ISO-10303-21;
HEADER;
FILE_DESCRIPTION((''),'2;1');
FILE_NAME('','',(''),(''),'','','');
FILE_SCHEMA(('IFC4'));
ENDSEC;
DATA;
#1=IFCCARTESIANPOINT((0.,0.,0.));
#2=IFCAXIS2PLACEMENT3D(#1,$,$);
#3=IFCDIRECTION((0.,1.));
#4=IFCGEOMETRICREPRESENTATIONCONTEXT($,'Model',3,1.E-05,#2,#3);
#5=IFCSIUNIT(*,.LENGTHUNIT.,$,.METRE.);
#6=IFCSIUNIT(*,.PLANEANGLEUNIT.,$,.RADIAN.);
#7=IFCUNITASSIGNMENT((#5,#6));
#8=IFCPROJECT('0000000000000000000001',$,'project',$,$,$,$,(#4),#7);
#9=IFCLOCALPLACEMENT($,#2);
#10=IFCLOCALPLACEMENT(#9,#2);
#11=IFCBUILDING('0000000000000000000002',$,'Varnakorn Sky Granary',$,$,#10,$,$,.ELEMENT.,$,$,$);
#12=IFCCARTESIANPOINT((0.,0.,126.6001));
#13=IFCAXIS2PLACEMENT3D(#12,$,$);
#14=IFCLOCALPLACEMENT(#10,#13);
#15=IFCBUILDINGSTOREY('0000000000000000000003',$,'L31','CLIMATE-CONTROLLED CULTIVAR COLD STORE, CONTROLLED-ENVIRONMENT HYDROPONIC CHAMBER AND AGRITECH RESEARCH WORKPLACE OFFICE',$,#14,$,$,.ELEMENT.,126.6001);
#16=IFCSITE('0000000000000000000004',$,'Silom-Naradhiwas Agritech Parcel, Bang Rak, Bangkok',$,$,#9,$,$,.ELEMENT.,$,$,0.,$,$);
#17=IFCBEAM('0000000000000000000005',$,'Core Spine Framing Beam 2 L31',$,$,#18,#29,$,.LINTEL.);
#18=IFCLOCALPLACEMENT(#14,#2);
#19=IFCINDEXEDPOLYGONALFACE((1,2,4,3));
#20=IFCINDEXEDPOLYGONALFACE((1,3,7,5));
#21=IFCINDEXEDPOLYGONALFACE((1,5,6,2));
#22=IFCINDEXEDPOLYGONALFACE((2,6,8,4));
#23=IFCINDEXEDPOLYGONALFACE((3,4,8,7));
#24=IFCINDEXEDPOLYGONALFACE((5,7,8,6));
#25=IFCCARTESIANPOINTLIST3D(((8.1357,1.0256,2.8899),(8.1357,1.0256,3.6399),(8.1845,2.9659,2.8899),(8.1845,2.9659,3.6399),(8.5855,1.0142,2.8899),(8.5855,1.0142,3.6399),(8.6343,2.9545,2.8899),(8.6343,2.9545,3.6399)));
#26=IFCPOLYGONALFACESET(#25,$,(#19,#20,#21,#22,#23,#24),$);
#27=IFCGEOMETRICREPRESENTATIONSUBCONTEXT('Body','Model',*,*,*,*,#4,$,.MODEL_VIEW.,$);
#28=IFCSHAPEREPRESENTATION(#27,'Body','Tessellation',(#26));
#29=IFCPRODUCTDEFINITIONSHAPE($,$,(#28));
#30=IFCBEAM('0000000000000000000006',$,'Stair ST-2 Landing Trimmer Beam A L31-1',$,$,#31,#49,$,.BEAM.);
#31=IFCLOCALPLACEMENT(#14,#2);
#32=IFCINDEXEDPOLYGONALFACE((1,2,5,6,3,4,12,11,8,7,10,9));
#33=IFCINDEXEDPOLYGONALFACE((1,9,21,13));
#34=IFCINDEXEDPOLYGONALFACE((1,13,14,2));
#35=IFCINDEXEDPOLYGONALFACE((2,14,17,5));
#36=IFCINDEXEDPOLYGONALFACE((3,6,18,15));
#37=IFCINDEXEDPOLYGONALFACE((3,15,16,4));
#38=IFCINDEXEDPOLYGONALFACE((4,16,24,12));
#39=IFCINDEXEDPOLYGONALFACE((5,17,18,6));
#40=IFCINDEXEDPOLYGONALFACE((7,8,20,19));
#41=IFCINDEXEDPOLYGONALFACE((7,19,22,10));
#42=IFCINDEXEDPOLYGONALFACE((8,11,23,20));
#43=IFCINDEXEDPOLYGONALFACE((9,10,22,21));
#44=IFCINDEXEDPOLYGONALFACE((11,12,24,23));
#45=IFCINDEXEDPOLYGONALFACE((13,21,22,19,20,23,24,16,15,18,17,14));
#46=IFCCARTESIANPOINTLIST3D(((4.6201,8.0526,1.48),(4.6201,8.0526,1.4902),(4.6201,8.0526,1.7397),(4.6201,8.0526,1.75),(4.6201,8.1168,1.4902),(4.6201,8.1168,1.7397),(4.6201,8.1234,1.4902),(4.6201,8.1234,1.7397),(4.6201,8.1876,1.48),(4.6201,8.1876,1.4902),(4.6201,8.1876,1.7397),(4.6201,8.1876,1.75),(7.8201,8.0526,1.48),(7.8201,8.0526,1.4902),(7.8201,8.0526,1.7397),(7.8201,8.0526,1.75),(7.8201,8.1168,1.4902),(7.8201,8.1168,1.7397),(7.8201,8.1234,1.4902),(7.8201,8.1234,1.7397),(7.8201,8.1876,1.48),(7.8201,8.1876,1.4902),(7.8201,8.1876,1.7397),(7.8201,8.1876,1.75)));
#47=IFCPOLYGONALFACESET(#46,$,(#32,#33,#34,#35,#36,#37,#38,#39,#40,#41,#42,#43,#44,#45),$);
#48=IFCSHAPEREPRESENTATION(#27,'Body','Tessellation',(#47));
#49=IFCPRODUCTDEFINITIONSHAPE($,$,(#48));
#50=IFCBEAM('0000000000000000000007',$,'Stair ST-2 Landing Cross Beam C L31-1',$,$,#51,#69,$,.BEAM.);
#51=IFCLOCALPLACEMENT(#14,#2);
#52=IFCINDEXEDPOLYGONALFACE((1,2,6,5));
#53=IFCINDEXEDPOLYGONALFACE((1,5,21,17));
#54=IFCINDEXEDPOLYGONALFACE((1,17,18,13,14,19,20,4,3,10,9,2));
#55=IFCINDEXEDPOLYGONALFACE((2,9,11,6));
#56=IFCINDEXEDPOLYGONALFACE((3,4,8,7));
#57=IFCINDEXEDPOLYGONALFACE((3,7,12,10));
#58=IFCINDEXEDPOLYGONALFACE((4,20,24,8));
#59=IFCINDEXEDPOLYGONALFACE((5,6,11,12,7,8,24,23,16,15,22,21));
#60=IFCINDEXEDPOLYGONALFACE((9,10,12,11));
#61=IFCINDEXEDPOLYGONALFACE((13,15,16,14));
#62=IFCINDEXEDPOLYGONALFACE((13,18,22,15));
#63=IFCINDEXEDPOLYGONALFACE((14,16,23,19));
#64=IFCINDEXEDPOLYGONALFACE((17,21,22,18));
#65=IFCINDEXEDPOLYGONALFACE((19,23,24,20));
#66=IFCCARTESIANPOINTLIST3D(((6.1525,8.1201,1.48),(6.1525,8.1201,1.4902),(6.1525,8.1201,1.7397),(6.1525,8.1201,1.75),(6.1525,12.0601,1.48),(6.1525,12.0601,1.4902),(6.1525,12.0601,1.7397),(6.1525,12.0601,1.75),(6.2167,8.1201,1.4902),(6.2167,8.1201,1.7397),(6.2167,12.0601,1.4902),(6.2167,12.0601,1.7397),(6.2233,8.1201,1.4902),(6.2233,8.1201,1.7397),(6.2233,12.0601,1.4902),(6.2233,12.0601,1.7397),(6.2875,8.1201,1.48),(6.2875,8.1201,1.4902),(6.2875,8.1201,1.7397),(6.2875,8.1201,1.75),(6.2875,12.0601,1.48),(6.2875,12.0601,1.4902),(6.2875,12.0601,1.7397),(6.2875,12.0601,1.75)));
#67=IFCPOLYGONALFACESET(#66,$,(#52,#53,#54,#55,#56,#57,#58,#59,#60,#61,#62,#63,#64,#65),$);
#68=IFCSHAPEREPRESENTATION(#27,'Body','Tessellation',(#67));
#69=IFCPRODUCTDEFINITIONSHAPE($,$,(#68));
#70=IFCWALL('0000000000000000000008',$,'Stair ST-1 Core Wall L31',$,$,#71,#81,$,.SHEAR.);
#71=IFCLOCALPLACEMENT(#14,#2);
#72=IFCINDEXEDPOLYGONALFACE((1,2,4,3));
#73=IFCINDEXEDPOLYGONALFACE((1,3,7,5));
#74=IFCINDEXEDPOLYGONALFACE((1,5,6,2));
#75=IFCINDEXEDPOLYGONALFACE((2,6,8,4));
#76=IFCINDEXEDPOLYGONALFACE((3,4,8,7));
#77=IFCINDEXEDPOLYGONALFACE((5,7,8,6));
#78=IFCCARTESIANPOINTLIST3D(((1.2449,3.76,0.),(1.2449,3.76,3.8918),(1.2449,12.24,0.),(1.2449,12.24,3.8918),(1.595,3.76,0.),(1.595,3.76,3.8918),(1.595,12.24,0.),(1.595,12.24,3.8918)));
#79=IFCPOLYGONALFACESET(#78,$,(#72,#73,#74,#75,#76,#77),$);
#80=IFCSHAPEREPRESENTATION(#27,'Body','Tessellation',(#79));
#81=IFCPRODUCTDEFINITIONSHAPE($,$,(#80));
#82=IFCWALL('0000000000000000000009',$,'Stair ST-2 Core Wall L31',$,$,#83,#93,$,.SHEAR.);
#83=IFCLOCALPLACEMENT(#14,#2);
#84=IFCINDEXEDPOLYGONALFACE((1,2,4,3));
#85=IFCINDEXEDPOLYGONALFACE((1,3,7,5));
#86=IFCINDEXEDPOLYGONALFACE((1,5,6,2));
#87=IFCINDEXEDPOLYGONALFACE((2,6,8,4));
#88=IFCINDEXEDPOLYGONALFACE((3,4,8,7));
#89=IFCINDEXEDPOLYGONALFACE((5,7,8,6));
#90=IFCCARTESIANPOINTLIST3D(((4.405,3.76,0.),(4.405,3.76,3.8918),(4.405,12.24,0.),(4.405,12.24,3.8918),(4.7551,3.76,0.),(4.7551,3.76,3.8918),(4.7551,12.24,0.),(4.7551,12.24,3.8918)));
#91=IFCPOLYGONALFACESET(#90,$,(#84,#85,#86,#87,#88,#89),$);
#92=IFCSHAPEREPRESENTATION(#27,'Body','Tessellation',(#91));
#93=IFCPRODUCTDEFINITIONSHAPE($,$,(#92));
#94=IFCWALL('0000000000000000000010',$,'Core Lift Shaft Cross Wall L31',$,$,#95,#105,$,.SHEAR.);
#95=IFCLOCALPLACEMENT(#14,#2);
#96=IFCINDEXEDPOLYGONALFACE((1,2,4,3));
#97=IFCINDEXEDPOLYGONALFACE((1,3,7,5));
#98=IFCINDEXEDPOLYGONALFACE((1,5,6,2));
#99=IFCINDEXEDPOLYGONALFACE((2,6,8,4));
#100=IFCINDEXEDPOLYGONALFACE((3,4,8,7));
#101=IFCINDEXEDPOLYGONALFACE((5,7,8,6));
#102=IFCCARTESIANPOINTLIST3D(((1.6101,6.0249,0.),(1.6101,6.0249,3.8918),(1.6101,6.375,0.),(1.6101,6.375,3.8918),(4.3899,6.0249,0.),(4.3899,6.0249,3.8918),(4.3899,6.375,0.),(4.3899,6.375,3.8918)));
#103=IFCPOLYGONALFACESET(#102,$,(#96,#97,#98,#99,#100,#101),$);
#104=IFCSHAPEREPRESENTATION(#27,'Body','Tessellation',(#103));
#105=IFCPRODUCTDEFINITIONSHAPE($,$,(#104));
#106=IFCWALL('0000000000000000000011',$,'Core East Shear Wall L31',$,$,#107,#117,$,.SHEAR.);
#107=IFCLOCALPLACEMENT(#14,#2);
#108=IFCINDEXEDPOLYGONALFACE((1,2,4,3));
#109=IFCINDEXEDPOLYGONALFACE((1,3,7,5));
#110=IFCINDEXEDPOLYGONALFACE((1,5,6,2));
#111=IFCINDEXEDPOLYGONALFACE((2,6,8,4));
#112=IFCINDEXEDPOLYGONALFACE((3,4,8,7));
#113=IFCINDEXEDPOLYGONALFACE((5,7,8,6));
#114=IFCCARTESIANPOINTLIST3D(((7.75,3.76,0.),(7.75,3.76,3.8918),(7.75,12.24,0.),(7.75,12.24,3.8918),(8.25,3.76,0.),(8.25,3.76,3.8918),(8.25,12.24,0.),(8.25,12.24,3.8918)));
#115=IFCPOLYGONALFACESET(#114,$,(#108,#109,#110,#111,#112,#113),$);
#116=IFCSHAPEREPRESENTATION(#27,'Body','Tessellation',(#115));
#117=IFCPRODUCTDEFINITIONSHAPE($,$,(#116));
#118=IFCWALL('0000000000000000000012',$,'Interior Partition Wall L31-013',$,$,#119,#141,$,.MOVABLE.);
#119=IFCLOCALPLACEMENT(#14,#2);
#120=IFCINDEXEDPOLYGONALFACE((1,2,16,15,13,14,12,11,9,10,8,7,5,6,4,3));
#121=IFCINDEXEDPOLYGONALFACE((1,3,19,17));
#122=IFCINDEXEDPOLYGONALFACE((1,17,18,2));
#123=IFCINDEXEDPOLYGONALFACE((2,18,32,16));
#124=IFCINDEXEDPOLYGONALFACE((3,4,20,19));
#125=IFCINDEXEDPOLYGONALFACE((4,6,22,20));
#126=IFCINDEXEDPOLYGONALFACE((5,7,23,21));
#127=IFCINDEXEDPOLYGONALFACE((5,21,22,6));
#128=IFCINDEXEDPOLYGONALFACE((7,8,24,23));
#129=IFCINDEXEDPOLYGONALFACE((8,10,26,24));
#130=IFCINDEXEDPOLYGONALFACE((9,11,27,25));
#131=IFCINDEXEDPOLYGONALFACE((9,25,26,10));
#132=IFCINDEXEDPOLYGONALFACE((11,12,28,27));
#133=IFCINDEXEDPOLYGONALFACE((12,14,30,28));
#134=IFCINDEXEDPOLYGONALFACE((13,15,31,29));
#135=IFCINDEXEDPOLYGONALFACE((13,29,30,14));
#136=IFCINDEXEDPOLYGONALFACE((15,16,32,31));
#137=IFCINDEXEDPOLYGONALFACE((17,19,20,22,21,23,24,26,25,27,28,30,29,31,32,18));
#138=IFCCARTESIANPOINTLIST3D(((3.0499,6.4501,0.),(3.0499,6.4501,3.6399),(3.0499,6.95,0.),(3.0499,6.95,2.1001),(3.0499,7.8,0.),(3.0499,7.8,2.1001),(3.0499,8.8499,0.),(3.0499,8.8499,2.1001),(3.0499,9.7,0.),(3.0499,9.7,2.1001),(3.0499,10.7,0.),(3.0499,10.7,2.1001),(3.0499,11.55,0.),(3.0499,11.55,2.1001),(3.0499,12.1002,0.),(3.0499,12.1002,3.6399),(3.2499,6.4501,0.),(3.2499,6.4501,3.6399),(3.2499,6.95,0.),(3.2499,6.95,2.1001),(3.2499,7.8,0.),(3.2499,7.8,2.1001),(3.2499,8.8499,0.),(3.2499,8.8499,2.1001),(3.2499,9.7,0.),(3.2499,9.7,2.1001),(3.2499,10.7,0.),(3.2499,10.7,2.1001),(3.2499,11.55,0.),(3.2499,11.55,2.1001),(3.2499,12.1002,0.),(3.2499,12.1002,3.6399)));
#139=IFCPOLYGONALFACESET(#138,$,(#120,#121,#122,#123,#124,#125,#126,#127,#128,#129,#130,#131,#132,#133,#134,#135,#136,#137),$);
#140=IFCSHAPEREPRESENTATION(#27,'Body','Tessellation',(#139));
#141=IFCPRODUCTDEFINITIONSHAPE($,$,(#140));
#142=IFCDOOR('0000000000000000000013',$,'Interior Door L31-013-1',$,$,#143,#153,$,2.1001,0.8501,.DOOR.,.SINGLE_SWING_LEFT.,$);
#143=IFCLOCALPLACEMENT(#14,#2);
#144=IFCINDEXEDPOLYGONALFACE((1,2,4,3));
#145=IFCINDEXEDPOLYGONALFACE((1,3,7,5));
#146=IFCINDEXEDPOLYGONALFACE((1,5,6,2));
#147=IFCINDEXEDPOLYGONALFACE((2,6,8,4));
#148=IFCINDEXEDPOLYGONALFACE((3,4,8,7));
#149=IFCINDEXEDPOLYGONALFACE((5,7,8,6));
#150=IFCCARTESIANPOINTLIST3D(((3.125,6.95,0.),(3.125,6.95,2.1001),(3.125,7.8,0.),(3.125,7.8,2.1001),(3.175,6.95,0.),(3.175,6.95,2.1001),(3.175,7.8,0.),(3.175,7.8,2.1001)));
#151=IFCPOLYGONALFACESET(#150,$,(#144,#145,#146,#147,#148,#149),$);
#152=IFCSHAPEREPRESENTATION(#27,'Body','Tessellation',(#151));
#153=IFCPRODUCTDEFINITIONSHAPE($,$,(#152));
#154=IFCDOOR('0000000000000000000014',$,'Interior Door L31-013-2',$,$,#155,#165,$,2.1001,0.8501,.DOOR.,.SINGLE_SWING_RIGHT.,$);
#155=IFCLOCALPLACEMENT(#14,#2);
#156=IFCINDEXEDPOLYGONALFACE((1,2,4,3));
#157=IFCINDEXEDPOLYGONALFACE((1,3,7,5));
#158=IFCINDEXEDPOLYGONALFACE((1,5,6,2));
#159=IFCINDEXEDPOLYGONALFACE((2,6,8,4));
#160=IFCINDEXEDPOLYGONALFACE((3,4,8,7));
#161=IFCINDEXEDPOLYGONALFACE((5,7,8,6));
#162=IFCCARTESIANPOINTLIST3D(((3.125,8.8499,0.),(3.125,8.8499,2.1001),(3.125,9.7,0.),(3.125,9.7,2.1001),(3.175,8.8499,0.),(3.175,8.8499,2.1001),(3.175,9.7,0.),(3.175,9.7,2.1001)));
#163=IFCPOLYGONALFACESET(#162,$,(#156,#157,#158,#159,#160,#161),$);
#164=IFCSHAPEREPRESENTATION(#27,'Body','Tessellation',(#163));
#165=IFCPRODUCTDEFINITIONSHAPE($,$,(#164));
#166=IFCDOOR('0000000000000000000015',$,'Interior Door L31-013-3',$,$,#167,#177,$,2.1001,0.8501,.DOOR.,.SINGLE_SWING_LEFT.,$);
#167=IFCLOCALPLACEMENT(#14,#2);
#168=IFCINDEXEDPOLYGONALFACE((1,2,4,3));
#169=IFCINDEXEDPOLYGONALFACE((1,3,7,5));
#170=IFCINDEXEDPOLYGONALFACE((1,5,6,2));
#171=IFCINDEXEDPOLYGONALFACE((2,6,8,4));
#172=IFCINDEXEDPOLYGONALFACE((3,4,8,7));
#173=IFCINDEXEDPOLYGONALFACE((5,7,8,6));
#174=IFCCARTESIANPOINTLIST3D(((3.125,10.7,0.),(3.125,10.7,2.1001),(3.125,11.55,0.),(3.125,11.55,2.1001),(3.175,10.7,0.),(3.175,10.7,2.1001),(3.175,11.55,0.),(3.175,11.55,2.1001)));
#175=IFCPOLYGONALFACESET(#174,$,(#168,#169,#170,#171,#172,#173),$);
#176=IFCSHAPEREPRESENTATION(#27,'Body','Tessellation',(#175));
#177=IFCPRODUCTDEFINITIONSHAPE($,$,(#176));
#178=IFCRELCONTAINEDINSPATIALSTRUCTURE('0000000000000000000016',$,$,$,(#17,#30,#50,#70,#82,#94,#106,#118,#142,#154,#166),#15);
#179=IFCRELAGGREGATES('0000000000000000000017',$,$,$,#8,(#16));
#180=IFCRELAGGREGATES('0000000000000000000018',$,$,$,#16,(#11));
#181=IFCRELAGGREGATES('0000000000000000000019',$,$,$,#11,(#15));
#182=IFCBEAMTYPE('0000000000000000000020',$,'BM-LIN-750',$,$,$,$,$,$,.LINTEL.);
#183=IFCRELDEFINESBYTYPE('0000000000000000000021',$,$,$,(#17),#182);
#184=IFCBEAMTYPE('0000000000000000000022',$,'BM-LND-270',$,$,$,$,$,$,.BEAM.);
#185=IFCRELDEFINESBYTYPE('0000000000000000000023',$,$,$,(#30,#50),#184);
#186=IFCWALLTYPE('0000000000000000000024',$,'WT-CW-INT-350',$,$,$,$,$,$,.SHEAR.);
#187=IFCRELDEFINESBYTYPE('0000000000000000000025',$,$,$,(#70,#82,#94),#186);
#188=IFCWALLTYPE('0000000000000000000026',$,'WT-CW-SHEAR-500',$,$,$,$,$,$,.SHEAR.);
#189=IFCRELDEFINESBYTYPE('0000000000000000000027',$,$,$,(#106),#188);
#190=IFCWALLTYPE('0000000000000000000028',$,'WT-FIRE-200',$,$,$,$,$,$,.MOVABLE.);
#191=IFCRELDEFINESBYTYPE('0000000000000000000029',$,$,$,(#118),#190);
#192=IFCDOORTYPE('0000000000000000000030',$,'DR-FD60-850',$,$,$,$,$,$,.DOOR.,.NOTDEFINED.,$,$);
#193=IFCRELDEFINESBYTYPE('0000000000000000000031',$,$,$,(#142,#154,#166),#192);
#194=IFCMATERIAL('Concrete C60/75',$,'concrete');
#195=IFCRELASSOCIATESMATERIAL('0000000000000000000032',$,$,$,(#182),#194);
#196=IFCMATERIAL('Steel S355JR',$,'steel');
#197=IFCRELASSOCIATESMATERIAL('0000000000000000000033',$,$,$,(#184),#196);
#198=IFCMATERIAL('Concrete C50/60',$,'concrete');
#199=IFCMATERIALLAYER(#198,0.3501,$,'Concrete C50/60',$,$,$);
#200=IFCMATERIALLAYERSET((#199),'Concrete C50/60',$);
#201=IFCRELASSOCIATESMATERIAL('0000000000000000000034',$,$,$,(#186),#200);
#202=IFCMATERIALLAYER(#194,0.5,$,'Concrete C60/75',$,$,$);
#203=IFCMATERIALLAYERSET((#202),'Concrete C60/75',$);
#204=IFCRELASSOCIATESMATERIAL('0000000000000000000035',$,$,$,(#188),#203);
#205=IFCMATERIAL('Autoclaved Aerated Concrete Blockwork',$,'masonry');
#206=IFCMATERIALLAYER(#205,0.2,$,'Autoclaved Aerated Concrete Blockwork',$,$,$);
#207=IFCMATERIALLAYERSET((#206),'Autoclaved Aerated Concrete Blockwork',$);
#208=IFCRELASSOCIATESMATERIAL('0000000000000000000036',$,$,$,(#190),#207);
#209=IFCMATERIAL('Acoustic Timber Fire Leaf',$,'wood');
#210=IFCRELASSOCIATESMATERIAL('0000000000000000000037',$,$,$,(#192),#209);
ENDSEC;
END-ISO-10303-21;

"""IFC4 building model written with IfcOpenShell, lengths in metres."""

from ifc_helpers import new_model, si_unit, direction, frame, frame_2d, origin, origin_2d, place, context, subcontext, project, spatial, rectangle, i_section, extrude, material, layer, layer_set, material_profile, profile_set, type_object, element, fill, save


model = new_model("IFC4")

# Units and contexts
model_context = context("Model", 3, precision=1e-05, world=origin(), true_north=direction((0.0, 1.0)))
body_context = subcontext(model_context, "Body", "Model", "MODEL_VIEW")
ifc_project = project(units=[si_unit("LENGTHUNIT", "METRE"), si_unit("PLANEANGLEUNIT", "RADIAN")], contexts=[model_context])

# Site, building, storey
site_placement = place(None, origin())
site = spatial("IfcSite", under=ifc_project, at=site_placement, Name="Silom-Naradhiwas Agritech Parcel, Bang Rak, Bangkok", CompositionType="ELEMENT", RefElevation=0.0)
building_placement = place(site_placement, origin())
building = spatial("IfcBuilding", under=site, at=building_placement, Name="Varnakorn Sky Granary", CompositionType="ELEMENT")
storey_placement = place(building_placement, frame((0.0, 0.0, 126.6001)))
storey = spatial("IfcBuildingStorey", under=building, at=storey_placement, Name="L31", Description="CLIMATE-CONTROLLED CULTIVAR COLD STORE, CONTROLLED-ENVIRONMENT HYDROPONIC CHAMBER AND AGRITECH RESEARCH WORKPLACE OFFICE", CompositionType="ELEMENT", Elevation=126.6001)

# Beams
ifc_material_1 = material(Name="Concrete C60/75", Category="concrete")
ifc_material_profile_1 = material_profile(ifc_material_1, rectangle(XDim=0.45, YDim=0.75, at=origin_2d()), Name="RC 450x750")
ifc_profile_set_1 = profile_set([ifc_material_profile_1], Name="Concrete C60/75")
beam_type_1 = type_object("IfcBeamType", Name="BM-LIN-750", PredefinedType="LINTEL", material=ifc_profile_set_1)
beam_1_placement = place(storey_placement, frame((8.4094, 2.9602, 3.2649), z_axis=(-0.025159, -0.999683, 0.0), x_axis=(0.999683, -0.025159, 0.0)))
element("IfcBeam", 1, at=beam_1_placement, inside=storey, type_object=beam_type_1, Name="Core Spine Framing Beam 2 L31", PredefinedType="LINTEL", context=body_context, shape_type="SweptSolid", body=[
    extrude(rectangle(XDim=0.45, YDim=0.75, at=origin_2d()), origin(), (0.0, 0.0, 1.0), 1.9409),
])
ifc_material_2 = material(Name="Steel S355JR", Category="steel")
ifc_material_profile_2 = material_profile(ifc_material_2, i_section(OverallWidth=0.135, OverallDepth=0.27, WebThickness=0.0066, FlangeThickness=0.0103, at=origin_2d()), Name="IPE 270")
ifc_profile_set_2 = profile_set([ifc_material_profile_2], Name="Steel S355JR")
beam_type_2 = type_object("IfcBeamType", Name="BM-LND-270", PredefinedType="BEAM", material=ifc_profile_set_2)
beam_2_placement = place(storey_placement, frame((4.6201, 8.1201, 1.615), z_axis=(1.0, 0.0, 0.0), x_axis=(0.0, 1.0, 0.0)))
element("IfcBeam", 2, at=beam_2_placement, inside=storey, type_object=beam_type_2, Name="Stair ST-2 Landing Trimmer Beam A L31-1", PredefinedType="BEAM", context=body_context, shape_type="SweptSolid", body=[
    extrude(i_section(OverallWidth=0.135, OverallDepth=0.27, WebThickness=0.0066, FlangeThickness=0.0103, at=origin_2d()), origin(), (0.0, 0.0, 1.0), 3.2),
])
beam_3_placement = place(storey_placement, frame((6.22, 8.1201, 1.615), z_axis=(0.0, 1.0, 0.0), x_axis=(-1.0, 0.0, 0.0)))
element("IfcBeam", 3, at=beam_3_placement, inside=storey, type_object=beam_type_2, Name="Stair ST-2 Landing Cross Beam C L31-1", PredefinedType="BEAM", context=body_context, shape_type="SweptSolid", body=[
    extrude(i_section(OverallWidth=0.135, OverallDepth=0.27, WebThickness=0.0066, FlangeThickness=0.0103, at=origin_2d()), origin(), (0.0, 0.0, 1.0), 3.9399),
])

# Walls
ifc_material_3 = material(Name="Concrete C50/60", Category="concrete")
ifc_layer_1 = layer(ifc_material_3, 0.3501, Name="Concrete C50/60")
ifc_layer_set_1 = layer_set([ifc_layer_1], Name="Concrete C50/60")
wall_type_1 = type_object("IfcWallType", Name="WT-CW-INT-350", PredefinedType="SHEAR", material=ifc_layer_set_1)
for number, where, z_axis, x_axis, name in (
    (4, (1.4199, 3.76, 0.0), (0.0, 0.0, 1.0), (0.0, 1.0, 0.0), "Stair ST-1 Core Wall L31"),
    (5, (4.5801, 3.76, 0.0), (0.0, 0.0, 1.0), (0.0, 1.0, 0.0), "Stair ST-2 Core Wall L31"),
):
    element("IfcWall", number, at=place(storey_placement, frame(where, z_axis=z_axis, x_axis=x_axis)), inside=storey, type_object=wall_type_1, Name=name, PredefinedType="SHEAR", context=body_context, shape_type="SweptSolid", body=[
        extrude(rectangle(XDim=8.48, YDim=0.3501, at=frame_2d((4.24, 0.0))), origin(), (0.0, 0.0, 1.0), 3.8918),
    ])
wall_1_placement = place(storey_placement, frame((1.6101, 6.2, 0.0), z_axis=(0.0, 0.0, 1.0), x_axis=(1.0, 0.0, 0.0)))
element("IfcWall", 6, at=wall_1_placement, inside=storey, type_object=wall_type_1, Name="Core Lift Shaft Cross Wall L31", PredefinedType="SHEAR", context=body_context, shape_type="SweptSolid", body=[
    extrude(rectangle(XDim=2.7798, YDim=0.3501, at=frame_2d((1.3899, 0.0))), origin(), (0.0, 0.0, 1.0), 3.8918),
])
ifc_layer_2 = layer(ifc_material_1, 0.5, Name="Concrete C60/75")
ifc_layer_set_2 = layer_set([ifc_layer_2], Name="Concrete C60/75")
wall_type_2 = type_object("IfcWallType", Name="WT-CW-SHEAR-500", PredefinedType="SHEAR", material=ifc_layer_set_2)
wall_2_placement = place(storey_placement, frame((8.0, 3.76, 0.0), z_axis=(0.0, 0.0, 1.0), x_axis=(0.0, 1.0, 0.0)))
element("IfcWall", 7, at=wall_2_placement, inside=storey, type_object=wall_type_2, Name="Core East Shear Wall L31", PredefinedType="SHEAR", context=body_context, shape_type="SweptSolid", body=[
    extrude(rectangle(XDim=8.48, YDim=0.5, at=frame_2d((4.24, 0.0))), origin(), (0.0, 0.0, 1.0), 3.8918),
])

# Wall, openings, doors
ifc_material_4 = material(Name="Autoclaved Aerated Concrete Blockwork", Category="masonry")
ifc_layer_3 = layer(ifc_material_4, 0.2, Name="Autoclaved Aerated Concrete Blockwork")
ifc_layer_set_3 = layer_set([ifc_layer_3], Name="Autoclaved Aerated Concrete Blockwork")
wall_type_3 = type_object("IfcWallType", Name="WT-FIRE-200", PredefinedType="MOVABLE", material=ifc_layer_set_3)
wall_3_placement = place(storey_placement, frame((3.1499, 6.45, 0.0), z_axis=(0.0, 0.0, 1.0), x_axis=(0.0, 1.0, 0.0)))
wall_3 = element("IfcWall", 8, at=wall_3_placement, inside=storey, type_object=wall_type_3, Name="Interior Partition Wall L31-013", PredefinedType="MOVABLE", context=body_context, shape_type="SweptSolid", body=[
    extrude(rectangle(XDim=5.6501, YDim=0.2, at=frame_2d((2.8252, 0.0))), origin(), (0.0, 0.0, 1.0), 3.6399),
])
opening_1_placement = place(wall_3_placement, frame((0.5, 0.0, 0.0)))
opening_1 = element("IfcOpeningElement", 9, at=opening_1_placement, cuts=wall_3, PredefinedType="OPENING", context=body_context, shape_type="SweptSolid", body=[
    extrude(rectangle(XDim=0.8501, YDim=2.1001, at=frame_2d((0.425, 1.05))), frame((0.0, 0.1099, 0.0), z_axis=(0.0, -1.0, 0.0), x_axis=(1.0, 0.0, 0.0)), (0.0, 0.0, 1.0), 0.22),
])
opening_2_placement = place(wall_3_placement, frame((2.3999, 0.0, 0.0)))
opening_2 = element("IfcOpeningElement", 10, at=opening_2_placement, cuts=wall_3, PredefinedType="OPENING", context=body_context, shape_type="SweptSolid", body=[
    extrude(rectangle(XDim=0.8501, YDim=2.1001, at=frame_2d((0.425, 1.05))), frame((0.0, 0.1099, 0.0), z_axis=(0.0, -1.0, 0.0), x_axis=(1.0, 0.0, 0.0)), (0.0, 0.0, 1.0), 0.22),
])
opening_3_placement = place(wall_3_placement, frame((4.25, 0.0, 0.0)))
opening_3 = element("IfcOpeningElement", 11, at=opening_3_placement, cuts=wall_3, PredefinedType="OPENING", context=body_context, shape_type="SweptSolid", body=[
    extrude(rectangle(XDim=0.8501, YDim=2.1001, at=frame_2d((0.425, 1.05))), frame((0.0, 0.1099, 0.0), z_axis=(0.0, -1.0, 0.0), x_axis=(1.0, 0.0, 0.0)), (0.0, 0.0, 1.0), 0.22),
])
ifc_material_5 = material(Name="Acoustic Timber Fire Leaf", Category="wood")
door_type_1 = type_object("IfcDoorType", Name="DR-FD60-850", OperationType="NOTDEFINED", PredefinedType="DOOR", material=ifc_material_5)
door_1_placement = place(opening_1_placement, origin())
door_1 = element("IfcDoor", 12, at=door_1_placement, inside=storey, type_object=door_type_1, Name="Interior Door L31-013-1", OperationType="SINGLE_SWING_LEFT", OverallHeight=2.1001, OverallWidth=0.8501, PredefinedType="DOOR", context=body_context, shape_type="SweptSolid", body=[
    extrude(rectangle(XDim=0.8501, YDim=2.1001, at=frame_2d((0.425, 1.05))), frame((0.0, 0.0249, 0.0), z_axis=(0.0, -1.0, 0.0), x_axis=(1.0, 0.0, 0.0)), (0.0, 0.0, 1.0), 0.05),
])
fill(opening_1, door_1)
door_2_placement = place(opening_2_placement, origin())
door_2 = element("IfcDoor", 13, at=door_2_placement, inside=storey, type_object=door_type_1, Name="Interior Door L31-013-2", OperationType="SINGLE_SWING_RIGHT", OverallHeight=2.1001, OverallWidth=0.8501, PredefinedType="DOOR", context=body_context, shape_type="SweptSolid", body=[
    extrude(rectangle(XDim=0.8501, YDim=2.1001, at=frame_2d((0.425, 1.05))), frame((0.0, 0.0249, 0.0), z_axis=(0.0, -1.0, 0.0), x_axis=(1.0, 0.0, 0.0)), (0.0, 0.0, 1.0), 0.05),
])
fill(opening_2, door_2)
door_3_placement = place(opening_3_placement, origin())
door_3 = element("IfcDoor", 14, at=door_3_placement, inside=storey, type_object=door_type_1, Name="Interior Door L31-013-3", OperationType="SINGLE_SWING_LEFT", OverallHeight=2.1001, OverallWidth=0.8501, PredefinedType="DOOR", context=body_context, shape_type="SweptSolid", body=[
    extrude(rectangle(XDim=0.8501, YDim=2.1001, at=frame_2d((0.425, 1.05))), frame((0.0, 0.0249, 0.0), z_axis=(0.0, -1.0, 0.0), x_axis=(1.0, 0.0, 0.0)), (0.0, 0.0, 1.0), 0.05),
])
fill(opening_3, door_3)

save(model, "model.ifc")
